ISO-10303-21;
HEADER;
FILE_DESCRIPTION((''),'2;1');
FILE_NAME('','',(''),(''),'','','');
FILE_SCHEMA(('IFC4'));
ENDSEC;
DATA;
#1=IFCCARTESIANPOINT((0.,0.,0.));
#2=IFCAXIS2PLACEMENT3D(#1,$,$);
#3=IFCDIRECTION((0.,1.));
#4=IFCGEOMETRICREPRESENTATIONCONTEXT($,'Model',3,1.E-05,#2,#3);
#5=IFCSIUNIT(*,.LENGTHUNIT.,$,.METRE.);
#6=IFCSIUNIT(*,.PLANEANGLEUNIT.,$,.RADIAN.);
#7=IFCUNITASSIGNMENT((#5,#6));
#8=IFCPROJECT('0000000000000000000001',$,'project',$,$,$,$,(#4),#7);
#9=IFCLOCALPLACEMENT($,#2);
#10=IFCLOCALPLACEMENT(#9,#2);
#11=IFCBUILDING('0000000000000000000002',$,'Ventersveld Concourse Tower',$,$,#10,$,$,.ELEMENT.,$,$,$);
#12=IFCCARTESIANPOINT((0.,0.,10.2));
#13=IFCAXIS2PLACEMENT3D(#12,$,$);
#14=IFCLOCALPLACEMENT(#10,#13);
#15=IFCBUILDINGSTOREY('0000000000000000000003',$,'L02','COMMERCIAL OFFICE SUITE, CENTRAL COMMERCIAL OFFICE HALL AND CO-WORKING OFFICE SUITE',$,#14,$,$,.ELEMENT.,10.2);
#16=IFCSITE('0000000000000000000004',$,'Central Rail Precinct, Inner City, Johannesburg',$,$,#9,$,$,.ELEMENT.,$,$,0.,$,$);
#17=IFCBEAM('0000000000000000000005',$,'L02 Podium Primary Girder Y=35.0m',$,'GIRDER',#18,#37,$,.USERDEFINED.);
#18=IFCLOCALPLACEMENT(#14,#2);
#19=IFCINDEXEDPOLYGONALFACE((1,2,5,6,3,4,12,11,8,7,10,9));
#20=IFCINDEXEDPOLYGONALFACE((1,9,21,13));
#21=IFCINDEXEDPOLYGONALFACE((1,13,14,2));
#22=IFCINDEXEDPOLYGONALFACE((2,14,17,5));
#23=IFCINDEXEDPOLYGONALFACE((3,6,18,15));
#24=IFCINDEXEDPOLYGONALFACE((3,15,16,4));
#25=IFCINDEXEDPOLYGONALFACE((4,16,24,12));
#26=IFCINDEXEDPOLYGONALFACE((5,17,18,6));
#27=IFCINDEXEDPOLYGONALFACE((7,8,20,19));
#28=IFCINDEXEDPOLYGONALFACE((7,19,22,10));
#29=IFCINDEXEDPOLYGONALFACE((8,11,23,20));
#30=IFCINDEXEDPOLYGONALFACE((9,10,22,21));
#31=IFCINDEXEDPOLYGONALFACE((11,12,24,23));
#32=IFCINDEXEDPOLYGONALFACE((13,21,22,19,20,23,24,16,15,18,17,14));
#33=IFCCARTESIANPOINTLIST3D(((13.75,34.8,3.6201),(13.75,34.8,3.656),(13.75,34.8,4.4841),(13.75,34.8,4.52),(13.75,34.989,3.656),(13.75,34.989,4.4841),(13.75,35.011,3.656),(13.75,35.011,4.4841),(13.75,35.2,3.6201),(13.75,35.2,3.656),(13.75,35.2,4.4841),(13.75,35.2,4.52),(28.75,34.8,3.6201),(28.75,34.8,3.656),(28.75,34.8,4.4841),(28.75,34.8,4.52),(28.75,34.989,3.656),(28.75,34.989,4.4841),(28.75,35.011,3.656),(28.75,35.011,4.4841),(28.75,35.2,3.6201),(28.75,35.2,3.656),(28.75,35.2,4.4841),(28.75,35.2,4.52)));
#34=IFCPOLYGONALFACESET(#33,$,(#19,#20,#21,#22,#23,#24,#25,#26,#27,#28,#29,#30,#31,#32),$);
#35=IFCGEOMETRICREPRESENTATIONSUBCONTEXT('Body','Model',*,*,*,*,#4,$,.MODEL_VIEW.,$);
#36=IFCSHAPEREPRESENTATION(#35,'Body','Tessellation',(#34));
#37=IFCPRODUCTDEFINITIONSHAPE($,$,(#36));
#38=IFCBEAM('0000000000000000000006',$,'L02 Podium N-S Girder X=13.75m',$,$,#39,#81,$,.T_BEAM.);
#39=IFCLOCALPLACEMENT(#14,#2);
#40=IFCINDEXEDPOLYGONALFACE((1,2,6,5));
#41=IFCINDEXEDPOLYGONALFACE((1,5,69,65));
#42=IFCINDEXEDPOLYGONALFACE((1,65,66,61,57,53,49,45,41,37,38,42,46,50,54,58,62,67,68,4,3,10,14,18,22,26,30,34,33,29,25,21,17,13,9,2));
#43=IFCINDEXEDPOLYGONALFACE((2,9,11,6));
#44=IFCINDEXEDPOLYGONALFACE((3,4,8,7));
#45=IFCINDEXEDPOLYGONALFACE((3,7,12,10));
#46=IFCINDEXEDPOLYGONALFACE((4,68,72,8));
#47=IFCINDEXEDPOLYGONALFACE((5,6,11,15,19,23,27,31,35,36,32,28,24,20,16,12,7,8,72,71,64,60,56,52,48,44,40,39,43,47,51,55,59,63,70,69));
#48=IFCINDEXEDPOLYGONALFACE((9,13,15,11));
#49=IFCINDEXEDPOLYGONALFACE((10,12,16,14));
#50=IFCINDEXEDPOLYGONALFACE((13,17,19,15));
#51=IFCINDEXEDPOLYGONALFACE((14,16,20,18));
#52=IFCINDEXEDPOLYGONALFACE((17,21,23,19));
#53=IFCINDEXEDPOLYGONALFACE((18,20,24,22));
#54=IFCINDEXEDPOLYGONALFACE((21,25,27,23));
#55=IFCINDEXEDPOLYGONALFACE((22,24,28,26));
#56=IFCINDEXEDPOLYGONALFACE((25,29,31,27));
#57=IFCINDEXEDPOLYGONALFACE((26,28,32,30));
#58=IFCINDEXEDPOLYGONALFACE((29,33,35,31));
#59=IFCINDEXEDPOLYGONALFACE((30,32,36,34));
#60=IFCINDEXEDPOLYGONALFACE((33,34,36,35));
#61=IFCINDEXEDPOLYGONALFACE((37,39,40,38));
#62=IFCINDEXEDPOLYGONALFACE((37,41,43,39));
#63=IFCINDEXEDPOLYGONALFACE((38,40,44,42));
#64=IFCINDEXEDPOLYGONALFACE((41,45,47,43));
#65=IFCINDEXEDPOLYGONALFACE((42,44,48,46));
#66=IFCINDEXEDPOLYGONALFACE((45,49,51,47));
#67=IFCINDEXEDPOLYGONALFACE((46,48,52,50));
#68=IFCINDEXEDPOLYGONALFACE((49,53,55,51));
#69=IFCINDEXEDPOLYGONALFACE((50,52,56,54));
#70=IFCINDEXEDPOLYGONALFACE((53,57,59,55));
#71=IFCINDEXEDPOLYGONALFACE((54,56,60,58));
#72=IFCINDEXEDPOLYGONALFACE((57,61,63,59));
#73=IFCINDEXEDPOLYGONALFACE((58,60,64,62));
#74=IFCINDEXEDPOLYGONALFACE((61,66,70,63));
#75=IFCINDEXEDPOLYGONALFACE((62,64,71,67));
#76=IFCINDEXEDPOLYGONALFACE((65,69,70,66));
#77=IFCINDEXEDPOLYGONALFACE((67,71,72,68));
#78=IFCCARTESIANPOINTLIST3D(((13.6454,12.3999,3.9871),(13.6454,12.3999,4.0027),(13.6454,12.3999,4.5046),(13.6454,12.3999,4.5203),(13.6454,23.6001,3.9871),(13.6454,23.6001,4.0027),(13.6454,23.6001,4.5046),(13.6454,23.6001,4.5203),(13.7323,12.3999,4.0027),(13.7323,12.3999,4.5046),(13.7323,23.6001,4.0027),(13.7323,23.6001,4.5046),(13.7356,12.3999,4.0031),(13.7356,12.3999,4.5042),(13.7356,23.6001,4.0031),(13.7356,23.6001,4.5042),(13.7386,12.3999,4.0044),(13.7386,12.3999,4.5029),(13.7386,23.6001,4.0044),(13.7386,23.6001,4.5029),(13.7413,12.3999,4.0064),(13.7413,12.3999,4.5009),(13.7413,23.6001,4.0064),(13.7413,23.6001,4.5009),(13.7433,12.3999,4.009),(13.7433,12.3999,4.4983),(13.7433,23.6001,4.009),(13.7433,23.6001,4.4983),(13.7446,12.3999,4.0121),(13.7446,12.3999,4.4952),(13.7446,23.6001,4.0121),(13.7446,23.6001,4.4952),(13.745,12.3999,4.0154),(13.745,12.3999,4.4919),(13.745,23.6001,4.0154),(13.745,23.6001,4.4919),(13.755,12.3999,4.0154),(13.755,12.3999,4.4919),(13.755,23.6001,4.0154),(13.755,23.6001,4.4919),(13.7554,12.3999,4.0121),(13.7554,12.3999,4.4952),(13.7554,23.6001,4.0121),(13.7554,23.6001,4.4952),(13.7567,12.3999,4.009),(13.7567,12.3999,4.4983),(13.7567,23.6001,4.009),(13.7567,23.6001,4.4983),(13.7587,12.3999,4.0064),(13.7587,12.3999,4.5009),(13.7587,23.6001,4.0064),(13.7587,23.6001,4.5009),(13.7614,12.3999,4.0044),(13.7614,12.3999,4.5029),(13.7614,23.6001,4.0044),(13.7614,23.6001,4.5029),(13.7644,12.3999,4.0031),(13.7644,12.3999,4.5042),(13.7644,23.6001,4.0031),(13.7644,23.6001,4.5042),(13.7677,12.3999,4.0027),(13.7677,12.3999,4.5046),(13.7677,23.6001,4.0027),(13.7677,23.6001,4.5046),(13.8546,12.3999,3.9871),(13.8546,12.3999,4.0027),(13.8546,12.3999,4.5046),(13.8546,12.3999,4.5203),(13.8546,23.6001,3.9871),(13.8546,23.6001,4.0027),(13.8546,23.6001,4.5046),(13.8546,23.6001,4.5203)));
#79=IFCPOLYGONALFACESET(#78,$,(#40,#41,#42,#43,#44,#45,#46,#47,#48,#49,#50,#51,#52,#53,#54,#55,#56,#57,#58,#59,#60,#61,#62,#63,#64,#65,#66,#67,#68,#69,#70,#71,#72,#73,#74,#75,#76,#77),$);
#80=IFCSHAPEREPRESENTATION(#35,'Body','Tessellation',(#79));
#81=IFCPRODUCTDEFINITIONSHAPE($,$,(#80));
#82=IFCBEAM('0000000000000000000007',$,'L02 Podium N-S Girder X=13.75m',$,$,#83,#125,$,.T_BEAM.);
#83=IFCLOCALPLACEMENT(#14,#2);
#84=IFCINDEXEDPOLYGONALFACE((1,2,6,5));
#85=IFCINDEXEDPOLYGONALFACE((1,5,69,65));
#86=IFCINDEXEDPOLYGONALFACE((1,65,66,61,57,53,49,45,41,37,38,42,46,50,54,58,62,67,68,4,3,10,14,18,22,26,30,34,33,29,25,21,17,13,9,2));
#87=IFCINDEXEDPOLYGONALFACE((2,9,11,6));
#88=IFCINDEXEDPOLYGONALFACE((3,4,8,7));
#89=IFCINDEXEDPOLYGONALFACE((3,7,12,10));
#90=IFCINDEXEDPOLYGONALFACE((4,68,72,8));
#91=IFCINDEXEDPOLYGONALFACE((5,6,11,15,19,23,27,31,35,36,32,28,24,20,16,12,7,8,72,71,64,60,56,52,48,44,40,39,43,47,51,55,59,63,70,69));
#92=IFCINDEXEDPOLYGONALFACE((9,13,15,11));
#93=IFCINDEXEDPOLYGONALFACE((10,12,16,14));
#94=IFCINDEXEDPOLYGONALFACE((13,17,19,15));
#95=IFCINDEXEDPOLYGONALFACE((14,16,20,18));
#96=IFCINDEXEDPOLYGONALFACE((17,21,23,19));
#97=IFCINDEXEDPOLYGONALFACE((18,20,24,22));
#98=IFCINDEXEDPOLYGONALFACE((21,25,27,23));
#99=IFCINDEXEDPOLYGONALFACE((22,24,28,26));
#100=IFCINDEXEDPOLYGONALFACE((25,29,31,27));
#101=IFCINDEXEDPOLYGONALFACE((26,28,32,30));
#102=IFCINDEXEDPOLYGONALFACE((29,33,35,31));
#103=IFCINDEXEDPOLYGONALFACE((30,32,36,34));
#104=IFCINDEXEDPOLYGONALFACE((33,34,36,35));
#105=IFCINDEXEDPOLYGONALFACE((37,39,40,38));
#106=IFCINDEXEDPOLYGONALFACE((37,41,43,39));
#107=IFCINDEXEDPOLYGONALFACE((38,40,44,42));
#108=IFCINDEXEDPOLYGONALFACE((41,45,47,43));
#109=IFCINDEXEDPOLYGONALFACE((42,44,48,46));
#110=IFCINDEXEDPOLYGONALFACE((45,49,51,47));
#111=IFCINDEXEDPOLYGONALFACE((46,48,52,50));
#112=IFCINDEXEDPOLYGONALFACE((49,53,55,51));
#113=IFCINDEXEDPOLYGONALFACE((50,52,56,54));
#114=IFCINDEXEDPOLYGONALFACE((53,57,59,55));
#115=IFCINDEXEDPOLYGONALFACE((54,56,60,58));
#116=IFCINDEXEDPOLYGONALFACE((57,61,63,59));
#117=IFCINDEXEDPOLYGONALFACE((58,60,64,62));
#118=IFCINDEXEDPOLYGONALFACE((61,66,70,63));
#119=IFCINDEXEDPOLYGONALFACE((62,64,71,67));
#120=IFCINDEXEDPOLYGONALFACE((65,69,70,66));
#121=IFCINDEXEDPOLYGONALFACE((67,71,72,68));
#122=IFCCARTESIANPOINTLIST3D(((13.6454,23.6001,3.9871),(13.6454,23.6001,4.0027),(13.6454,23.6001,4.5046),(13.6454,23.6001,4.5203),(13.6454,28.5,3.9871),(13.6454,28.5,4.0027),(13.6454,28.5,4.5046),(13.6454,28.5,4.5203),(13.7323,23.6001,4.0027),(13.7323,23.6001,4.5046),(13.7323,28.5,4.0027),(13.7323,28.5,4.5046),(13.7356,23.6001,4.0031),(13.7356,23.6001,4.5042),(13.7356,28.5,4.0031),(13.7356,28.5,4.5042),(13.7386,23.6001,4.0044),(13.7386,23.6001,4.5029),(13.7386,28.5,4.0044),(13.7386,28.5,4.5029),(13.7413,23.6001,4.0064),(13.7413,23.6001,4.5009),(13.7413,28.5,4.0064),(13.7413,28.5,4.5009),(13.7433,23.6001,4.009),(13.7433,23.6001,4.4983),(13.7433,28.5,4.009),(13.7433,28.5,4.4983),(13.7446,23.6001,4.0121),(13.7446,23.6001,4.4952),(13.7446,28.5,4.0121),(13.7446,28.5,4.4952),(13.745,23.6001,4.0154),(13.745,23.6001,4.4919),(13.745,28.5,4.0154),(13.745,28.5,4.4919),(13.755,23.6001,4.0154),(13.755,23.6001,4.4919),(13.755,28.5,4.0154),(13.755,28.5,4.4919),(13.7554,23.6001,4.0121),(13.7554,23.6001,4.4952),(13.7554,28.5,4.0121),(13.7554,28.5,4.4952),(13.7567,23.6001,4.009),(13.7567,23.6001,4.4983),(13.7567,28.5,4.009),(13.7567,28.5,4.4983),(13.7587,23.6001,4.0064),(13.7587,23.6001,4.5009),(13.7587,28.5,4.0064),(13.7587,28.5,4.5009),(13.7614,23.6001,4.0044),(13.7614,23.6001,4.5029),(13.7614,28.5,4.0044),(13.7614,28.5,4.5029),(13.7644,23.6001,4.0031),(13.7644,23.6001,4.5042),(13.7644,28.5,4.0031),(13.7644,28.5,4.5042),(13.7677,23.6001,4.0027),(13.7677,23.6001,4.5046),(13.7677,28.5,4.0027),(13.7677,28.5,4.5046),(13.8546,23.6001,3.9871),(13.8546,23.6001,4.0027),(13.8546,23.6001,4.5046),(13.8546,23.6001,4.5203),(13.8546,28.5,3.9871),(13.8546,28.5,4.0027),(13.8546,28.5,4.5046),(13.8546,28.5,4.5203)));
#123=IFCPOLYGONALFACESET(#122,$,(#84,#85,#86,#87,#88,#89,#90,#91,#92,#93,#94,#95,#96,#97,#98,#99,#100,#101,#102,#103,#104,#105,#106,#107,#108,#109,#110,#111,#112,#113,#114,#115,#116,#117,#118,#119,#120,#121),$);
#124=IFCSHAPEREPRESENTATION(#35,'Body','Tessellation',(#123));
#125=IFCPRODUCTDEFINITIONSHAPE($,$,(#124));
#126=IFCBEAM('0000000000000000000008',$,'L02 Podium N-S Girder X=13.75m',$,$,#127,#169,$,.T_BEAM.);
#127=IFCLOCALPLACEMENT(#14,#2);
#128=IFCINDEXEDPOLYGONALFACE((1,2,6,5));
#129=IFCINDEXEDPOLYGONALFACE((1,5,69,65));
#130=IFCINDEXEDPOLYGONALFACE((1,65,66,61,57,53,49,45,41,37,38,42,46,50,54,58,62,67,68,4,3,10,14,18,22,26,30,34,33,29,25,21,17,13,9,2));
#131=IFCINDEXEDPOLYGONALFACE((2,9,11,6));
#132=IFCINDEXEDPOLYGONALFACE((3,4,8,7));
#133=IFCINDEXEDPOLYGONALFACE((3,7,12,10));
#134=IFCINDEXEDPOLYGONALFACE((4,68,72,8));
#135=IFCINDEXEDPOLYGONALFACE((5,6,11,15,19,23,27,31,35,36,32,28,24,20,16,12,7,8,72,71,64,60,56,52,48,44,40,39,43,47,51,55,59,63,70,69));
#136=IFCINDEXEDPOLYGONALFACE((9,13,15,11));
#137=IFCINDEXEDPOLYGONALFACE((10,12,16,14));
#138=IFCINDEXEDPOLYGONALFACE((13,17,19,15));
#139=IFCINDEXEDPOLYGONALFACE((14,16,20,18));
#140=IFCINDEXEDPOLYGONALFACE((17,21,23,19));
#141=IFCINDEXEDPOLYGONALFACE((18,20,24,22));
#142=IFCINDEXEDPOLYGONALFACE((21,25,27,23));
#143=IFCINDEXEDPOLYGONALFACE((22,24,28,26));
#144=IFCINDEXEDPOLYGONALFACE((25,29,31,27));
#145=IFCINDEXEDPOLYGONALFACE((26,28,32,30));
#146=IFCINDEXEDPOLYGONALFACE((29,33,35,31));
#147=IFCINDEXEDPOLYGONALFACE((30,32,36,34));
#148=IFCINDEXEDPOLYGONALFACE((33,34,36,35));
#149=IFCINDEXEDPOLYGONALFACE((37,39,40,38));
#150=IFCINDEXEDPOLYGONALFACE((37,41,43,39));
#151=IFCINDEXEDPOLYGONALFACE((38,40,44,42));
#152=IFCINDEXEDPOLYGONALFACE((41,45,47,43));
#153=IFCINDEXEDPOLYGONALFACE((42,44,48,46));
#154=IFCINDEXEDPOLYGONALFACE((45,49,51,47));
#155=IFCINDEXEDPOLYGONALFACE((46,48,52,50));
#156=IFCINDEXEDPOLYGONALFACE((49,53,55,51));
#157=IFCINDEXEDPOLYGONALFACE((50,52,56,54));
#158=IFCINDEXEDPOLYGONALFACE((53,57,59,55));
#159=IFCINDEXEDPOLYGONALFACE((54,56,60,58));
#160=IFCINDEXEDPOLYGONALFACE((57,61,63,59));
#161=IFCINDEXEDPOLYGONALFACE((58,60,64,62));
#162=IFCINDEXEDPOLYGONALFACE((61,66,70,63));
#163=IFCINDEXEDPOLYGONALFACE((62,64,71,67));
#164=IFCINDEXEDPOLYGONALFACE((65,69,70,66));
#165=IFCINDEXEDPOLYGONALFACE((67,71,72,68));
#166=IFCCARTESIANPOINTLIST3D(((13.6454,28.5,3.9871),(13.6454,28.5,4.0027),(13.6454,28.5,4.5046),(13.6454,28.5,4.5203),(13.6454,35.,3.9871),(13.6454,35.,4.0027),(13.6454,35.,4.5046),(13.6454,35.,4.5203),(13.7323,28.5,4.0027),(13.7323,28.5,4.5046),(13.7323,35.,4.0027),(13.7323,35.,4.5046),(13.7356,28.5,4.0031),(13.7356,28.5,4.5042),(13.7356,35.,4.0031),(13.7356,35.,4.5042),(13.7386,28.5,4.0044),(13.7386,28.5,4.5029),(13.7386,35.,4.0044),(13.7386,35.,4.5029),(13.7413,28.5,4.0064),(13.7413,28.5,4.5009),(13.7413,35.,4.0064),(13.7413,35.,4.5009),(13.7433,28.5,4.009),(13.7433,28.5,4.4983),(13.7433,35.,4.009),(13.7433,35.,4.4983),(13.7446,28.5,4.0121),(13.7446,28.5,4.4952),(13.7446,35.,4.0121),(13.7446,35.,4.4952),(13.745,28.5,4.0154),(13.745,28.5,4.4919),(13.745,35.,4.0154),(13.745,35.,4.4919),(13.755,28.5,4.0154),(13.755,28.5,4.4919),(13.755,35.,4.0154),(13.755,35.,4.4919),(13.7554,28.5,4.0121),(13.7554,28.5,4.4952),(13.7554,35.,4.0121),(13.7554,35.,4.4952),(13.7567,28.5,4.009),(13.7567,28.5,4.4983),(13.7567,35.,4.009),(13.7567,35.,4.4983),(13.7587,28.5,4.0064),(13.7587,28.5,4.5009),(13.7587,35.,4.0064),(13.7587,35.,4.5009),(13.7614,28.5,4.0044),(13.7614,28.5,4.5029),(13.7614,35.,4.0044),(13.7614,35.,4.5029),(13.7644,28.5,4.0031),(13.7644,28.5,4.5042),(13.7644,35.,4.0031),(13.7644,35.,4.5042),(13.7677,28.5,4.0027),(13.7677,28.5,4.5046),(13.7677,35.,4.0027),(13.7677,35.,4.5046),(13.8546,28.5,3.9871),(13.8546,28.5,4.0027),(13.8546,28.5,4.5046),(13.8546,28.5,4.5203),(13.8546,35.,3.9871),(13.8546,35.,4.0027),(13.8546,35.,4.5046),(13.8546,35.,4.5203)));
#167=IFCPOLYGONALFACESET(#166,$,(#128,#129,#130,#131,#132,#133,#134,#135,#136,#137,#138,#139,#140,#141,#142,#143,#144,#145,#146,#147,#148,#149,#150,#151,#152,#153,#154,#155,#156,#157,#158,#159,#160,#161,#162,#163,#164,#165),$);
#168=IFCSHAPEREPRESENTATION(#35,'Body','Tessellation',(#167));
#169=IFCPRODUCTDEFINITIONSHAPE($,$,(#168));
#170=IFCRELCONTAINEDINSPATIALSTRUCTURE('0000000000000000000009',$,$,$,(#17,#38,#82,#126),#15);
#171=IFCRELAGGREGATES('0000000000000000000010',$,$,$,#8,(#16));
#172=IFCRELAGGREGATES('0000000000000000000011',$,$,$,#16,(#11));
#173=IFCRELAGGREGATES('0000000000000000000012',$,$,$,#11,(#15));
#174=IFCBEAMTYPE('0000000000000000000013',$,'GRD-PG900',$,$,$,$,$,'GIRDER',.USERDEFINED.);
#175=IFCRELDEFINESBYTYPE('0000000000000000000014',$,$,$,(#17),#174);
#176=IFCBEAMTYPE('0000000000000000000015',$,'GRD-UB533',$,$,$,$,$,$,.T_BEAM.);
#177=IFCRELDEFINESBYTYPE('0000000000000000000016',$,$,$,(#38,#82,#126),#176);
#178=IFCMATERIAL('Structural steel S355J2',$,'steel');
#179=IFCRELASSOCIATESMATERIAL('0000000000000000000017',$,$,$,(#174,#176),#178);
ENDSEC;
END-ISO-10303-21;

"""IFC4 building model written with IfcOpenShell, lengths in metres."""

from ifc_helpers import new_model, si_unit, direction, frame, origin, origin_2d, place, context, subcontext, project, spatial, i_section, extrude, material, material_profile, profile_set, type_object, element, save


model = new_model("IFC4")

# Units and contexts
model_context = context("Model", 3, precision=1e-05, world=origin(), true_north=direction((0.0, 1.0)))
body_context = subcontext(model_context, "Body", "Model", "MODEL_VIEW")
ifc_project = project(units=[si_unit("LENGTHUNIT", "METRE"), si_unit("PLANEANGLEUNIT", "RADIAN")], contexts=[model_context])

# Site, building, storey
site_placement = place(None, origin())
site = spatial("IfcSite", under=ifc_project, at=site_placement, Name="Central Rail Precinct, Inner City, Johannesburg", CompositionType="ELEMENT", RefElevation=0.0)
building_placement = place(site_placement, origin())
building = spatial("IfcBuilding", under=site, at=building_placement, Name="Ventersveld Concourse Tower", CompositionType="ELEMENT")
storey_placement = place(building_placement, frame((0.0, 0.0, 10.2)))
storey = spatial("IfcBuildingStorey", under=building, at=storey_placement, Name="L02", Description="COMMERCIAL OFFICE SUITE, CENTRAL COMMERCIAL OFFICE HALL AND CO-WORKING OFFICE SUITE", CompositionType="ELEMENT", Elevation=10.2)

# Beams
ifc_material_1 = material(Name="Structural steel S355J2", Category="steel")
ifc_material_profile_1 = material_profile(ifc_material_1, i_section(OverallWidth=0.3999, OverallDepth=0.8999, WebThickness=0.022, FlangeThickness=0.0359, at=origin_2d()), Name="PG 900x400x36")
ifc_profile_set_1 = profile_set([ifc_material_profile_1], Name="Structural steel S355J2")
beam_type_1 = type_object("IfcBeamType", Name="GRD-PG900", ElementType="GIRDER", PredefinedType="USERDEFINED", material=ifc_profile_set_1)
beam_1_placement = place(storey_placement, frame((13.75, 35.0, 4.0701), z_axis=(1.0, 0.0, 0.0), x_axis=(0.0, 1.0, 0.0)))
element("IfcBeam", 1, at=beam_1_placement, inside=storey, type_object=beam_type_1, Name="L02 Podium Primary Girder Y=35.0m", ObjectType="GIRDER", PredefinedType="USERDEFINED", context=body_context, shape_type="SweptSolid", body=[
    extrude(i_section(OverallWidth=0.3999, OverallDepth=0.8999, WebThickness=0.022, FlangeThickness=0.0359, at=origin_2d()), origin(), (0.0, 0.0, 1.0), 15.0),
])
ifc_material_profile_2 = material_profile(ifc_material_1, i_section(OverallWidth=0.2092, OverallDepth=0.5332, WebThickness=0.01, FlangeThickness=0.0156, FilletRadius=0.0127, at=origin_2d()), Name="UB 533x210x92")
ifc_profile_set_2 = profile_set([ifc_material_profile_2], Name="Structural steel S355J2")
beam_type_2 = type_object("IfcBeamType", Name="GRD-UB533", PredefinedType="T_BEAM", material=ifc_profile_set_2)
beam_2_placement = place(storey_placement, frame((13.75, 12.3999, 4.2537), z_axis=(0.0, 1.0, 0.0), x_axis=(-1.0, 0.0, 0.0)))
element("IfcBeam", 2, at=beam_2_placement, inside=storey, type_object=beam_type_2, Name="L02 Podium N-S Girder X=13.75m", PredefinedType="T_BEAM", context=body_context, shape_type="SweptSolid", body=[
    extrude(i_section(OverallWidth=0.2092, OverallDepth=0.5332, WebThickness=0.01, FlangeThickness=0.0156, FilletRadius=0.0127, at=origin_2d()), origin(), (0.0, 0.0, 1.0), 11.2002),
])
beam_3_placement = place(storey_placement, frame((13.75, 23.6001, 4.2537), z_axis=(0.0, 1.0, 0.0), x_axis=(-1.0, 0.0, 0.0)))
element("IfcBeam", 3, at=beam_3_placement, inside=storey, type_object=beam_type_2, Name="L02 Podium N-S Girder X=13.75m", PredefinedType="T_BEAM", context=body_context, shape_type="SweptSolid", body=[
    extrude(i_section(OverallWidth=0.2092, OverallDepth=0.5332, WebThickness=0.01, FlangeThickness=0.0156, FilletRadius=0.0127, at=origin_2d()), origin(), (0.0, 0.0, 1.0), 4.8999),
])
beam_4_placement = place(storey_placement, frame((13.75, 28.5, 4.2537), z_axis=(0.0, 1.0, 0.0), x_axis=(-1.0, 0.0, 0.0)))
element("IfcBeam", 4, at=beam_4_placement, inside=storey, type_object=beam_type_2, Name="L02 Podium N-S Girder X=13.75m", PredefinedType="T_BEAM", context=body_context, shape_type="SweptSolid", body=[
    extrude(i_section(OverallWidth=0.2092, OverallDepth=0.5332, WebThickness=0.01, FlangeThickness=0.0156, FilletRadius=0.0127, at=origin_2d()), origin(), (0.0, 0.0, 1.0), 6.5),
])

save(model, "model.ifc")
